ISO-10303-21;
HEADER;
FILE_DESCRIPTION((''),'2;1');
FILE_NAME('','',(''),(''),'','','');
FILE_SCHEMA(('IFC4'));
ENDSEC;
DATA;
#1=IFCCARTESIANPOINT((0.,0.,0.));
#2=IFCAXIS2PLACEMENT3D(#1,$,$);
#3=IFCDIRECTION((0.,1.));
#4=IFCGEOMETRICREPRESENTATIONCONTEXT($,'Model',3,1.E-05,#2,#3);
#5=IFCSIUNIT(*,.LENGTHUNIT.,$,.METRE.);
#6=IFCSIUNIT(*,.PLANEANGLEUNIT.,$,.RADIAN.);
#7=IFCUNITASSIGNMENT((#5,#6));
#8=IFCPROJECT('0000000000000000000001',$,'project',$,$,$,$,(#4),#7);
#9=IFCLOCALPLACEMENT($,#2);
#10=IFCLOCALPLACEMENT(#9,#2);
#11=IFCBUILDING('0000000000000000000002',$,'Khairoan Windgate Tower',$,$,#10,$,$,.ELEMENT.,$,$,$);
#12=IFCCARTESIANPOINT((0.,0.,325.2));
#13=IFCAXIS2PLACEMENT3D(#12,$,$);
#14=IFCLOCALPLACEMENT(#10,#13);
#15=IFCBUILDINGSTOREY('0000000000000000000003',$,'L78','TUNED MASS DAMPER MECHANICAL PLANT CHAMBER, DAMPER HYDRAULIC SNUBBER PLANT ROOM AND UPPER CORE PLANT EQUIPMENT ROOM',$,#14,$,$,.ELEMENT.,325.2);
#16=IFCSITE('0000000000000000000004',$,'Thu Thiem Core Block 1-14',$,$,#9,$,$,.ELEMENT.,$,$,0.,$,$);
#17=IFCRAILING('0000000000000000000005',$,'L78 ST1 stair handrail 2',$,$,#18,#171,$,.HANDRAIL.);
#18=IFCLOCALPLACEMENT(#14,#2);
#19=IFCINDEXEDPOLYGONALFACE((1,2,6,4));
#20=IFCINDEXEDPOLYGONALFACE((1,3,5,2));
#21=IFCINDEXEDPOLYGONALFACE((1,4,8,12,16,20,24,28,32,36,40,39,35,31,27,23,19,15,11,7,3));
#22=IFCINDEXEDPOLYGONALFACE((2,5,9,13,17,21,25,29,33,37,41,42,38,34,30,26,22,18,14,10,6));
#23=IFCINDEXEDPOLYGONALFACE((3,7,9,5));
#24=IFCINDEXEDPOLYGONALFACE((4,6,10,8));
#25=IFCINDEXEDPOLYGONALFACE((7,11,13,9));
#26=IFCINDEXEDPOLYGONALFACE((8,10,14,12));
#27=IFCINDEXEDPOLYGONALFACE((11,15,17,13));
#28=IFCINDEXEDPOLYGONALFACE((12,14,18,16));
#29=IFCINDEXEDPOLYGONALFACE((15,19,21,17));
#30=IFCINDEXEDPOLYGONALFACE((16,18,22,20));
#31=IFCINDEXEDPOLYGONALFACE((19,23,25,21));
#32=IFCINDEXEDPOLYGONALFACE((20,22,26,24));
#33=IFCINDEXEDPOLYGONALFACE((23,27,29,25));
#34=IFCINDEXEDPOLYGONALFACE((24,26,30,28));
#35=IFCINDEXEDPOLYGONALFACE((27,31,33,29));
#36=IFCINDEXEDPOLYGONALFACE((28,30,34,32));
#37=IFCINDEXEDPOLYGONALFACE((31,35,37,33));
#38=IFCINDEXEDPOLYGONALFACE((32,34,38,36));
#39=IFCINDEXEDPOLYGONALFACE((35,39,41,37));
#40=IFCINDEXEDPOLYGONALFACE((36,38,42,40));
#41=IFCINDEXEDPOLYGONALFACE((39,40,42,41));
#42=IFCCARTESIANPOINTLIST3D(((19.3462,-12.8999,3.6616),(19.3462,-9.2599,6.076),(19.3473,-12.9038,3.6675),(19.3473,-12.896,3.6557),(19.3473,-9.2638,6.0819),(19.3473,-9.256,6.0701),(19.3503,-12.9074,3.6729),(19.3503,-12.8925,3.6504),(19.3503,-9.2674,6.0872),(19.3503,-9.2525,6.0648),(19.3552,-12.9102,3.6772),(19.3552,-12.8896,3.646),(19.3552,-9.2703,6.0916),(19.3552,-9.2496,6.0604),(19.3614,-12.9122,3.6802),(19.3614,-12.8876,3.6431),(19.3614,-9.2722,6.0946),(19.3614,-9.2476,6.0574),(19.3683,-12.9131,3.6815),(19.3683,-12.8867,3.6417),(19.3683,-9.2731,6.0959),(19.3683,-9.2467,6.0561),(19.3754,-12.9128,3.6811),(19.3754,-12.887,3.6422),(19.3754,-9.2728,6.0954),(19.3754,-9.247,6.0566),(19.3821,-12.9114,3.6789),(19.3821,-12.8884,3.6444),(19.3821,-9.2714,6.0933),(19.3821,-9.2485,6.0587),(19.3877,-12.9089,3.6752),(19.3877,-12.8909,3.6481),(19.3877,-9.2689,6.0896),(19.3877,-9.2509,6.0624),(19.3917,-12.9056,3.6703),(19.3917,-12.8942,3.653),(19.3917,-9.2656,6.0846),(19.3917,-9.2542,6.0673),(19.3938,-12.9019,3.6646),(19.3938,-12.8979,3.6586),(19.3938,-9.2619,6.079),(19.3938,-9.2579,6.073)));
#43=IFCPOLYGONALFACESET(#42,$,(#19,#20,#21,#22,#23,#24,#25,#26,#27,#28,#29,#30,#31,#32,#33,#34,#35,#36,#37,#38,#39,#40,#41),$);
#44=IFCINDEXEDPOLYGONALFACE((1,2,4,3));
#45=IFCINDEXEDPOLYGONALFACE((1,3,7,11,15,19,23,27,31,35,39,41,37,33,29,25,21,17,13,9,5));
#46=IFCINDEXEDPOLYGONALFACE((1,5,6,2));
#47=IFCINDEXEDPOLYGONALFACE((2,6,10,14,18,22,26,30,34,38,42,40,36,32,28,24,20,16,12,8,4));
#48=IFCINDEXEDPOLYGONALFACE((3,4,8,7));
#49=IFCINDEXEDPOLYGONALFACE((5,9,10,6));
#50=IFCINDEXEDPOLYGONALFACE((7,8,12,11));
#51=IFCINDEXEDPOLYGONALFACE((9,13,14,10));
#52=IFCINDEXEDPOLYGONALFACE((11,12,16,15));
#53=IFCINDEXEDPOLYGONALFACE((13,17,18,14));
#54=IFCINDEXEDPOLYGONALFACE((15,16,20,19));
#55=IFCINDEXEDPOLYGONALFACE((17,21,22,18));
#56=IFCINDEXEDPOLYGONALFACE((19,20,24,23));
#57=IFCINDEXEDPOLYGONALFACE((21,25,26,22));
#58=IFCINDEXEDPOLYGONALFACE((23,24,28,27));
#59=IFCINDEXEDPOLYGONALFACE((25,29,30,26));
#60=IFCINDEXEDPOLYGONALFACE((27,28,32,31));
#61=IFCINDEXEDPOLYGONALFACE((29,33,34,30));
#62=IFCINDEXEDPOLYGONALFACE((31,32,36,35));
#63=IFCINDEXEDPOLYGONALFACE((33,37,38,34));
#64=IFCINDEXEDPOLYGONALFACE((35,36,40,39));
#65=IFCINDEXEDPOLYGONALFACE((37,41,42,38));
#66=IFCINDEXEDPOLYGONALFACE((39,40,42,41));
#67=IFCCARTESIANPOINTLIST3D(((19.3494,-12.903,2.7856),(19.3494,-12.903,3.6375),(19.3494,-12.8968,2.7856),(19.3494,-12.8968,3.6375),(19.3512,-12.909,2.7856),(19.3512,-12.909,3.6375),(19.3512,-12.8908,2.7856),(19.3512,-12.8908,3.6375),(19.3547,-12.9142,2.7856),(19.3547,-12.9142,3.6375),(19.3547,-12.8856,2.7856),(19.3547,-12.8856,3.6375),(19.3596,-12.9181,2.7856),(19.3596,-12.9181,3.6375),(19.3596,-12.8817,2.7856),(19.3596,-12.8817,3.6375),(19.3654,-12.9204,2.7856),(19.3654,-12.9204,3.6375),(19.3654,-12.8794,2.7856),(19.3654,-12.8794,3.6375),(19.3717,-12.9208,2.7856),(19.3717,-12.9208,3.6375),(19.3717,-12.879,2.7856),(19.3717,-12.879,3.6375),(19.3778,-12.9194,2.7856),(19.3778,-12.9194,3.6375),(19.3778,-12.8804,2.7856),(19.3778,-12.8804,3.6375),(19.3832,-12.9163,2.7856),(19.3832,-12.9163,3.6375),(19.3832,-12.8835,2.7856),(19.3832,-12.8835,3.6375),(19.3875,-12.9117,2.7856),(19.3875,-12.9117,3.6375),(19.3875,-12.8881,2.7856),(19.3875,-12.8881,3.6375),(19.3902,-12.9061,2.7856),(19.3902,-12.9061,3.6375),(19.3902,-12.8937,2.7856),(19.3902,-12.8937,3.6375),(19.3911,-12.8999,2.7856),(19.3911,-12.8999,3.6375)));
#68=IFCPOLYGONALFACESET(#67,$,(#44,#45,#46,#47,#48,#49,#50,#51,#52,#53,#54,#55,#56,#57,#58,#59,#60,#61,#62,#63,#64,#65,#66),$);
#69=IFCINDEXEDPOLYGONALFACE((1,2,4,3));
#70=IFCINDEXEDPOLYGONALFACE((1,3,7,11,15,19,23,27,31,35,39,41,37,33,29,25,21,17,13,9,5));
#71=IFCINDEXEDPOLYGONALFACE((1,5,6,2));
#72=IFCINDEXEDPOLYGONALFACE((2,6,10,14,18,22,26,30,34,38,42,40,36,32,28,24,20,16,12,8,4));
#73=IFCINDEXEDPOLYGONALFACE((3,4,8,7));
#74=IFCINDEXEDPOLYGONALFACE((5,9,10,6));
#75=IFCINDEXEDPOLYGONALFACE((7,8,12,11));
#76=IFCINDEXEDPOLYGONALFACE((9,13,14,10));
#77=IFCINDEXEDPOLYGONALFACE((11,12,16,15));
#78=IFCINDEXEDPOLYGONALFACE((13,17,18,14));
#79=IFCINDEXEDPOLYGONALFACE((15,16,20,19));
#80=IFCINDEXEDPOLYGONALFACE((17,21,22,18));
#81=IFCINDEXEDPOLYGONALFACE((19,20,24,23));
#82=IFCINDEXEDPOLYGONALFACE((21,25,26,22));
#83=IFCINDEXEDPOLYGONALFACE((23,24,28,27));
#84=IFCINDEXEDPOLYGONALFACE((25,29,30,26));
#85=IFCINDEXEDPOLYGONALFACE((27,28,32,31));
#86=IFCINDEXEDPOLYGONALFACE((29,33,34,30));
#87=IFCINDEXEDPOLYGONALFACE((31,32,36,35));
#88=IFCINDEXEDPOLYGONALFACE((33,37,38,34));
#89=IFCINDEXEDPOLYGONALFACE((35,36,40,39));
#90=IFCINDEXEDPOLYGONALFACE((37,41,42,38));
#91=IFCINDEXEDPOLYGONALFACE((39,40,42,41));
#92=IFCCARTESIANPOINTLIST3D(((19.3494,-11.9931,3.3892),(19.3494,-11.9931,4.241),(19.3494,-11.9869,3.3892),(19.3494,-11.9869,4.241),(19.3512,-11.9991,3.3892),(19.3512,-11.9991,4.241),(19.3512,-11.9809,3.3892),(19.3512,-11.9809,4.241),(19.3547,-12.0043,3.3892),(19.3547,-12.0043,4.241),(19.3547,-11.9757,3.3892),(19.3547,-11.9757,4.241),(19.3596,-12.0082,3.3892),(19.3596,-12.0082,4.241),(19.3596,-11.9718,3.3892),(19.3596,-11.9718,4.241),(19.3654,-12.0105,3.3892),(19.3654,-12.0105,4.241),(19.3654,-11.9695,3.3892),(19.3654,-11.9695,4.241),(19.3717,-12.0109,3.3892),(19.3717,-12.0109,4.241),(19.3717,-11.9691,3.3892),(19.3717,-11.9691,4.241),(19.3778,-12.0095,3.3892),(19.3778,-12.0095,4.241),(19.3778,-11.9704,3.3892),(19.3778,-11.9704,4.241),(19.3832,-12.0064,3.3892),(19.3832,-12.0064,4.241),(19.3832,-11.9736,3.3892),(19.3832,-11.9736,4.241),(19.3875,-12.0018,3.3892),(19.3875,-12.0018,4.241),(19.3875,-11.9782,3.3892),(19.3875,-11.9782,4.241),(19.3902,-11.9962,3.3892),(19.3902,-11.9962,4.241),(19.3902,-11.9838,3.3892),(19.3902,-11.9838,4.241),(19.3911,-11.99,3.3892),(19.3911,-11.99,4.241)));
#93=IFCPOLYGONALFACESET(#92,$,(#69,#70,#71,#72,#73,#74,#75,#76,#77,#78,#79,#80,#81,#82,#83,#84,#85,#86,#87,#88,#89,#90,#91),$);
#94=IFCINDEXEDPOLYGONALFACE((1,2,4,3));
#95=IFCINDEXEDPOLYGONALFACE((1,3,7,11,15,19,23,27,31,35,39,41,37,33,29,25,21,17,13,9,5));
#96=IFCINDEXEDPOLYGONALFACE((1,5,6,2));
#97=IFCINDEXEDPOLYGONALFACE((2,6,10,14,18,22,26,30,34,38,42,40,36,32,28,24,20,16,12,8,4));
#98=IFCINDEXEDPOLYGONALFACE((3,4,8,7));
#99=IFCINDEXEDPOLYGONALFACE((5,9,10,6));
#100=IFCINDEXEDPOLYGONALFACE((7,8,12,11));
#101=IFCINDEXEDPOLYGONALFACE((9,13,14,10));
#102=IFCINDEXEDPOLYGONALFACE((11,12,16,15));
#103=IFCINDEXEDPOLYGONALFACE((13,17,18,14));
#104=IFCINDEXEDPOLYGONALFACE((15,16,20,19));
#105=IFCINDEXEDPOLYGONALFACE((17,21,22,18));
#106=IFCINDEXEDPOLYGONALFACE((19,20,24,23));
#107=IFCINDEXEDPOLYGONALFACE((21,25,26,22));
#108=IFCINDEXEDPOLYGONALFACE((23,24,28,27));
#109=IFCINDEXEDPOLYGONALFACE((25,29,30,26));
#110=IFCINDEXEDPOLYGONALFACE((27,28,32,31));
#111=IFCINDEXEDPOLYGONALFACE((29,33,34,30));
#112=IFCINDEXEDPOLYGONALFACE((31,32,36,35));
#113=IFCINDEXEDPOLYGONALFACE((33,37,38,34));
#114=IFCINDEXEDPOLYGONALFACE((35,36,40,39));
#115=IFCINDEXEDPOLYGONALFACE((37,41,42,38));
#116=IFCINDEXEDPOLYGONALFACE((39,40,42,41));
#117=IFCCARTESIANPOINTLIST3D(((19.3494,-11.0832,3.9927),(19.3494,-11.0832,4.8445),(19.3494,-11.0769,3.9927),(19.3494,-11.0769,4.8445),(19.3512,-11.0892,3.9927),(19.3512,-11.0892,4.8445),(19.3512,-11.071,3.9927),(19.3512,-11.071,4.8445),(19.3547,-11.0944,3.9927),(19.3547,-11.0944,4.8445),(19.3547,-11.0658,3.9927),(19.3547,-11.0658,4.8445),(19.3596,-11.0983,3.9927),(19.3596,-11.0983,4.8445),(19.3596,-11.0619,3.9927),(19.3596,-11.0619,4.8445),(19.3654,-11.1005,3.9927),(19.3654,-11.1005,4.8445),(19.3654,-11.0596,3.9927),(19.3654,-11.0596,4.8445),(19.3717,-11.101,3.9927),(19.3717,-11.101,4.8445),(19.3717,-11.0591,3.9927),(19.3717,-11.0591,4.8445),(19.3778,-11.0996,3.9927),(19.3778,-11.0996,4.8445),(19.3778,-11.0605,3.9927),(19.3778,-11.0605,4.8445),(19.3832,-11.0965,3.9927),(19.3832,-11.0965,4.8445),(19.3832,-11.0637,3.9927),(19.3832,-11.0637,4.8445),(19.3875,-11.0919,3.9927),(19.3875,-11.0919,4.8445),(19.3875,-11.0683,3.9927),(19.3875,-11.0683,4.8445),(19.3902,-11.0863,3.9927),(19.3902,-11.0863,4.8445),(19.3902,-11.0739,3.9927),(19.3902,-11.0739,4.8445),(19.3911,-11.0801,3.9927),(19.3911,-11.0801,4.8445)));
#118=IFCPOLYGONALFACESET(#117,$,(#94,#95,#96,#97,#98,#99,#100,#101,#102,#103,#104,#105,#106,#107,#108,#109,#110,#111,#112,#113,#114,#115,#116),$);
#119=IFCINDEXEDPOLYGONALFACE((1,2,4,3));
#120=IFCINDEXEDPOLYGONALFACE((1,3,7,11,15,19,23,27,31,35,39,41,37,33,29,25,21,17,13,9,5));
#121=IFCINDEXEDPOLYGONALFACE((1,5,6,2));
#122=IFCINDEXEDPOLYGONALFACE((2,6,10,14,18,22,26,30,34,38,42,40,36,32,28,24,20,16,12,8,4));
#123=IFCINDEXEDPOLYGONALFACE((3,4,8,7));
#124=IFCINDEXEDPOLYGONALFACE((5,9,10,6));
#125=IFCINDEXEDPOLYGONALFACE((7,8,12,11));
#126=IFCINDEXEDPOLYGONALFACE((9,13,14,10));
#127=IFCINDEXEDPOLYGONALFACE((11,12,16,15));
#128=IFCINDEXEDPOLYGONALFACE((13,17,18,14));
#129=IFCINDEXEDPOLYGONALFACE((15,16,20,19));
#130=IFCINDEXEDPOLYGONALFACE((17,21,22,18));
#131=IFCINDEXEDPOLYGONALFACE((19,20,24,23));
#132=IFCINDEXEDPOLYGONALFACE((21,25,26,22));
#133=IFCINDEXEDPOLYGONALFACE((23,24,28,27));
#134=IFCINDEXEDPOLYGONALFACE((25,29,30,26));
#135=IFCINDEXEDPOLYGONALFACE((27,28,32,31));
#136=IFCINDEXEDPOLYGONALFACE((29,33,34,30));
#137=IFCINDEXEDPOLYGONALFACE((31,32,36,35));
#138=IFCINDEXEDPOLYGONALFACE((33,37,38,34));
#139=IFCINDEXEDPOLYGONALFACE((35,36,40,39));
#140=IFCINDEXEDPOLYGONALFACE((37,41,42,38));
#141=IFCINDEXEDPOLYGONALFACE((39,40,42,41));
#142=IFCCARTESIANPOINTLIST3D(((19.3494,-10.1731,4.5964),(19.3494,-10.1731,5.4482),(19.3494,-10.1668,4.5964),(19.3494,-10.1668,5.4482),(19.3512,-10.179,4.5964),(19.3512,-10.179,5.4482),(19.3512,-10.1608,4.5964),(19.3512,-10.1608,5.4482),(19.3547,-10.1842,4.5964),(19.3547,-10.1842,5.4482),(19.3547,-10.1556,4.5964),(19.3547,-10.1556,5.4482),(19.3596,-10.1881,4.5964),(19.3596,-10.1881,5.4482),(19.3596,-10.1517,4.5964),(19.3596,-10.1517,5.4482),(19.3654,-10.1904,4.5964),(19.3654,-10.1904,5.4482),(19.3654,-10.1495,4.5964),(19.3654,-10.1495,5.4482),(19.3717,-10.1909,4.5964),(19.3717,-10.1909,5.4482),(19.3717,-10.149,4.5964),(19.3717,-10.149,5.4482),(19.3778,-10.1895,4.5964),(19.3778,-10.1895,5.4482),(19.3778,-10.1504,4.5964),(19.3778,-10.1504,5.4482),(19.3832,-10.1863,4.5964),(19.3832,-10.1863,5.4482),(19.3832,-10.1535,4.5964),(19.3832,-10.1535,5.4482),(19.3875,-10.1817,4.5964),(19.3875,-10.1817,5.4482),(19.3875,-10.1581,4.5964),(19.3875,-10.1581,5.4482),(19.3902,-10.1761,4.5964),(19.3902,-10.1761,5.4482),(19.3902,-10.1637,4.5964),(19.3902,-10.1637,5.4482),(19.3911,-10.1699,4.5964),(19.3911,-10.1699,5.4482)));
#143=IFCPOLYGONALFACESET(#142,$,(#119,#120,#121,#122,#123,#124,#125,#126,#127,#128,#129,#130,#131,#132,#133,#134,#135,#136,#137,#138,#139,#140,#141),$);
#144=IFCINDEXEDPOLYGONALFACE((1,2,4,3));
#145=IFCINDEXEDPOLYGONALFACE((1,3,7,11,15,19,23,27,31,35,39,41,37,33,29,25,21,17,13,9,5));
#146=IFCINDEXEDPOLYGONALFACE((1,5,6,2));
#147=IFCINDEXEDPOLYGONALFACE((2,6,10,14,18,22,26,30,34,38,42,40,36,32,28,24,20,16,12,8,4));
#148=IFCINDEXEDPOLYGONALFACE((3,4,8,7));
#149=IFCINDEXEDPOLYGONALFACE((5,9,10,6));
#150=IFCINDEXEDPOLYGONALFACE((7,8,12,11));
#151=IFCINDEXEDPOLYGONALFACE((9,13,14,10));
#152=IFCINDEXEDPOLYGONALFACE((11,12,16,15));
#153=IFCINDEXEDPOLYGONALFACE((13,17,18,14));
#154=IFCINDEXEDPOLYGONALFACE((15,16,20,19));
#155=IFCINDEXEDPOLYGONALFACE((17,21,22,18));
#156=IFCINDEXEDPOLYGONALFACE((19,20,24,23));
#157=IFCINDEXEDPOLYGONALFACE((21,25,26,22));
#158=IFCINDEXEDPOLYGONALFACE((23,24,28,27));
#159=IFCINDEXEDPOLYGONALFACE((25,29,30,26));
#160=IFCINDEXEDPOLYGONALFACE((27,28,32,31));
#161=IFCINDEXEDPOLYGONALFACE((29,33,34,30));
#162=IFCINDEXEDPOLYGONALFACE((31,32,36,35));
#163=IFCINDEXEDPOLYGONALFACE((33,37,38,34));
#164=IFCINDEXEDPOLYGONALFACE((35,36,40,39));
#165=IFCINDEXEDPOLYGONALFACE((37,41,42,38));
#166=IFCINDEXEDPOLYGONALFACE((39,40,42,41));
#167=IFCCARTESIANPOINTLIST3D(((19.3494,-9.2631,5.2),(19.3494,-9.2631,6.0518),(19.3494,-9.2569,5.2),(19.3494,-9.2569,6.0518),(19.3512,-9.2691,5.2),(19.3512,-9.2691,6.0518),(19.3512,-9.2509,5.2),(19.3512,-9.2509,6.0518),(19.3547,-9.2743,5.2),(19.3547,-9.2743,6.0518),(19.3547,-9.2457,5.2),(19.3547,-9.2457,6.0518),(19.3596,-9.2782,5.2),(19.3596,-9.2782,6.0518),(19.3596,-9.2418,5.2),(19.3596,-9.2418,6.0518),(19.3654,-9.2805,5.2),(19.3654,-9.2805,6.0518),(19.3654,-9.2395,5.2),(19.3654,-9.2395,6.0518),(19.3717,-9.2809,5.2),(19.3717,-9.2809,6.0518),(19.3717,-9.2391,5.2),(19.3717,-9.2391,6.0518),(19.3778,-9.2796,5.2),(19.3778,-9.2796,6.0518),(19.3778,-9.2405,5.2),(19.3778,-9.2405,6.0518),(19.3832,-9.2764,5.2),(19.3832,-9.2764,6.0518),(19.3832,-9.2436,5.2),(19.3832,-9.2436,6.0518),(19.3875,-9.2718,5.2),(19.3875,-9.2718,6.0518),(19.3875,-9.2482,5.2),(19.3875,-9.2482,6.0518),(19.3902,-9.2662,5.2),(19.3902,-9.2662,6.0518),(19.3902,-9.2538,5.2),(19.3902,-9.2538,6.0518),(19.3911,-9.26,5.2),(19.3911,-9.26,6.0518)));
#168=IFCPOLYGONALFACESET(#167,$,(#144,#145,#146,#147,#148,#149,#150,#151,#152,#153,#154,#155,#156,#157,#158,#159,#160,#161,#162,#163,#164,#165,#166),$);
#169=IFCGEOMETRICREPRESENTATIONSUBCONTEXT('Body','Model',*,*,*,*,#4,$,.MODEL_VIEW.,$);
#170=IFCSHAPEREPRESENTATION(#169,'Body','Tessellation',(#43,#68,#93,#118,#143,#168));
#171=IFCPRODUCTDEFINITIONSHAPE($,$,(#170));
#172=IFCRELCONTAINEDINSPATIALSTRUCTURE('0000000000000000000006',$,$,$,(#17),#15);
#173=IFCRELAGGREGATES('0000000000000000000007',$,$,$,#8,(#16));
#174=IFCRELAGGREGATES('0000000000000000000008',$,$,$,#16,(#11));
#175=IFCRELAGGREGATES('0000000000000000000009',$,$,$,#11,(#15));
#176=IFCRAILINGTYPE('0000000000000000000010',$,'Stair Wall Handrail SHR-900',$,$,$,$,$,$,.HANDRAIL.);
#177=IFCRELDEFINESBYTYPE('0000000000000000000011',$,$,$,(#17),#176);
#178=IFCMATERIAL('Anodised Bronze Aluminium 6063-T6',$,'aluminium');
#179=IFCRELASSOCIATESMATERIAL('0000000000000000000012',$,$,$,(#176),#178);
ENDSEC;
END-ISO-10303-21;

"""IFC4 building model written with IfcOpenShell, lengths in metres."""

from ifc_helpers import new_model, si_unit, direction, frame, origin, origin_2d, place, context, subcontext, project, spatial, circle, extrude, material, type_object, element, save


model = new_model("IFC4")

# Units and contexts
model_context = context("Model", 3, precision=1e-05, world=origin(), true_north=direction((0.0, 1.0)))
body_context = subcontext(model_context, "Body", "Model", "MODEL_VIEW")
ifc_project = project(units=[si_unit("LENGTHUNIT", "METRE"), si_unit("PLANEANGLEUNIT", "RADIAN")], contexts=[model_context])

# Site, building, storey
site_placement = place(None, origin())
site = spatial("IfcSite", under=ifc_project, at=site_placement, Name="Thu Thiem Core Block 1-14", CompositionType="ELEMENT", RefElevation=0.0)
building_placement = place(site_placement, origin())
building = spatial("IfcBuilding", under=site, at=building_placement, Name="Khairoan Windgate Tower", CompositionType="ELEMENT")
storey_placement = place(building_placement, frame((0.0, 0.0, 325.2)))
storey = spatial("IfcBuildingStorey", under=building, at=storey_placement, Name="L78", Description="TUNED MASS DAMPER MECHANICAL PLANT CHAMBER, DAMPER HYDRAULIC SNUBBER PLANT ROOM AND UPPER CORE PLANT EQUIPMENT ROOM", CompositionType="ELEMENT", Elevation=325.2)

# Railing
ifc_material_1 = material(Name="Anodised Bronze Aluminium 6063-T6", Category="aluminium")
railing_type_1 = type_object("IfcRailingType", Name="Stair Wall Handrail SHR-900", PredefinedType="HANDRAIL", material=ifc_material_1)
railing_1_placement = place(storey_placement, frame((19.3701, -12.8999, 2.7856)))
element("IfcRailing", 1, at=railing_1_placement, inside=storey, type_object=railing_type_1, Name="L78 ST1 stair handrail 2", PredefinedType="HANDRAIL", context=body_context, shape_type="SweptSolid", body=[
    extrude(circle(Radius=0.0239, at=origin_2d()), frame((0.0, 0.0, 0.876), z_axis=(0.0, 0.833347, 0.552751), x_axis=(-1.0, 0.0, 0.0)), (0.0, 0.0, 1.0), 4.3679),
    extrude(circle(Radius=0.021, at=origin_2d()), origin(), (0.0, 0.0, 1.0), 0.8518),
    extrude(circle(Radius=0.021, at=origin_2d()), frame((0.0, 0.9099, 0.6035)), (0.0, 0.0, 1.0), 0.8518),
    extrude(circle(Radius=0.021, at=origin_2d()), frame((0.0, 1.8198, 1.207)), (0.0, 0.0, 1.0), 0.8518),
    extrude(circle(Radius=0.021, at=origin_2d()), frame((0.0, 2.73, 1.8108)), (0.0, 0.0, 1.0), 0.8518),
    extrude(circle(Radius=0.021, at=origin_2d()), frame((0.0, 3.6399, 2.4143)), (0.0, 0.0, 1.0), 0.8518),
])

save(model, "model.ifc")
